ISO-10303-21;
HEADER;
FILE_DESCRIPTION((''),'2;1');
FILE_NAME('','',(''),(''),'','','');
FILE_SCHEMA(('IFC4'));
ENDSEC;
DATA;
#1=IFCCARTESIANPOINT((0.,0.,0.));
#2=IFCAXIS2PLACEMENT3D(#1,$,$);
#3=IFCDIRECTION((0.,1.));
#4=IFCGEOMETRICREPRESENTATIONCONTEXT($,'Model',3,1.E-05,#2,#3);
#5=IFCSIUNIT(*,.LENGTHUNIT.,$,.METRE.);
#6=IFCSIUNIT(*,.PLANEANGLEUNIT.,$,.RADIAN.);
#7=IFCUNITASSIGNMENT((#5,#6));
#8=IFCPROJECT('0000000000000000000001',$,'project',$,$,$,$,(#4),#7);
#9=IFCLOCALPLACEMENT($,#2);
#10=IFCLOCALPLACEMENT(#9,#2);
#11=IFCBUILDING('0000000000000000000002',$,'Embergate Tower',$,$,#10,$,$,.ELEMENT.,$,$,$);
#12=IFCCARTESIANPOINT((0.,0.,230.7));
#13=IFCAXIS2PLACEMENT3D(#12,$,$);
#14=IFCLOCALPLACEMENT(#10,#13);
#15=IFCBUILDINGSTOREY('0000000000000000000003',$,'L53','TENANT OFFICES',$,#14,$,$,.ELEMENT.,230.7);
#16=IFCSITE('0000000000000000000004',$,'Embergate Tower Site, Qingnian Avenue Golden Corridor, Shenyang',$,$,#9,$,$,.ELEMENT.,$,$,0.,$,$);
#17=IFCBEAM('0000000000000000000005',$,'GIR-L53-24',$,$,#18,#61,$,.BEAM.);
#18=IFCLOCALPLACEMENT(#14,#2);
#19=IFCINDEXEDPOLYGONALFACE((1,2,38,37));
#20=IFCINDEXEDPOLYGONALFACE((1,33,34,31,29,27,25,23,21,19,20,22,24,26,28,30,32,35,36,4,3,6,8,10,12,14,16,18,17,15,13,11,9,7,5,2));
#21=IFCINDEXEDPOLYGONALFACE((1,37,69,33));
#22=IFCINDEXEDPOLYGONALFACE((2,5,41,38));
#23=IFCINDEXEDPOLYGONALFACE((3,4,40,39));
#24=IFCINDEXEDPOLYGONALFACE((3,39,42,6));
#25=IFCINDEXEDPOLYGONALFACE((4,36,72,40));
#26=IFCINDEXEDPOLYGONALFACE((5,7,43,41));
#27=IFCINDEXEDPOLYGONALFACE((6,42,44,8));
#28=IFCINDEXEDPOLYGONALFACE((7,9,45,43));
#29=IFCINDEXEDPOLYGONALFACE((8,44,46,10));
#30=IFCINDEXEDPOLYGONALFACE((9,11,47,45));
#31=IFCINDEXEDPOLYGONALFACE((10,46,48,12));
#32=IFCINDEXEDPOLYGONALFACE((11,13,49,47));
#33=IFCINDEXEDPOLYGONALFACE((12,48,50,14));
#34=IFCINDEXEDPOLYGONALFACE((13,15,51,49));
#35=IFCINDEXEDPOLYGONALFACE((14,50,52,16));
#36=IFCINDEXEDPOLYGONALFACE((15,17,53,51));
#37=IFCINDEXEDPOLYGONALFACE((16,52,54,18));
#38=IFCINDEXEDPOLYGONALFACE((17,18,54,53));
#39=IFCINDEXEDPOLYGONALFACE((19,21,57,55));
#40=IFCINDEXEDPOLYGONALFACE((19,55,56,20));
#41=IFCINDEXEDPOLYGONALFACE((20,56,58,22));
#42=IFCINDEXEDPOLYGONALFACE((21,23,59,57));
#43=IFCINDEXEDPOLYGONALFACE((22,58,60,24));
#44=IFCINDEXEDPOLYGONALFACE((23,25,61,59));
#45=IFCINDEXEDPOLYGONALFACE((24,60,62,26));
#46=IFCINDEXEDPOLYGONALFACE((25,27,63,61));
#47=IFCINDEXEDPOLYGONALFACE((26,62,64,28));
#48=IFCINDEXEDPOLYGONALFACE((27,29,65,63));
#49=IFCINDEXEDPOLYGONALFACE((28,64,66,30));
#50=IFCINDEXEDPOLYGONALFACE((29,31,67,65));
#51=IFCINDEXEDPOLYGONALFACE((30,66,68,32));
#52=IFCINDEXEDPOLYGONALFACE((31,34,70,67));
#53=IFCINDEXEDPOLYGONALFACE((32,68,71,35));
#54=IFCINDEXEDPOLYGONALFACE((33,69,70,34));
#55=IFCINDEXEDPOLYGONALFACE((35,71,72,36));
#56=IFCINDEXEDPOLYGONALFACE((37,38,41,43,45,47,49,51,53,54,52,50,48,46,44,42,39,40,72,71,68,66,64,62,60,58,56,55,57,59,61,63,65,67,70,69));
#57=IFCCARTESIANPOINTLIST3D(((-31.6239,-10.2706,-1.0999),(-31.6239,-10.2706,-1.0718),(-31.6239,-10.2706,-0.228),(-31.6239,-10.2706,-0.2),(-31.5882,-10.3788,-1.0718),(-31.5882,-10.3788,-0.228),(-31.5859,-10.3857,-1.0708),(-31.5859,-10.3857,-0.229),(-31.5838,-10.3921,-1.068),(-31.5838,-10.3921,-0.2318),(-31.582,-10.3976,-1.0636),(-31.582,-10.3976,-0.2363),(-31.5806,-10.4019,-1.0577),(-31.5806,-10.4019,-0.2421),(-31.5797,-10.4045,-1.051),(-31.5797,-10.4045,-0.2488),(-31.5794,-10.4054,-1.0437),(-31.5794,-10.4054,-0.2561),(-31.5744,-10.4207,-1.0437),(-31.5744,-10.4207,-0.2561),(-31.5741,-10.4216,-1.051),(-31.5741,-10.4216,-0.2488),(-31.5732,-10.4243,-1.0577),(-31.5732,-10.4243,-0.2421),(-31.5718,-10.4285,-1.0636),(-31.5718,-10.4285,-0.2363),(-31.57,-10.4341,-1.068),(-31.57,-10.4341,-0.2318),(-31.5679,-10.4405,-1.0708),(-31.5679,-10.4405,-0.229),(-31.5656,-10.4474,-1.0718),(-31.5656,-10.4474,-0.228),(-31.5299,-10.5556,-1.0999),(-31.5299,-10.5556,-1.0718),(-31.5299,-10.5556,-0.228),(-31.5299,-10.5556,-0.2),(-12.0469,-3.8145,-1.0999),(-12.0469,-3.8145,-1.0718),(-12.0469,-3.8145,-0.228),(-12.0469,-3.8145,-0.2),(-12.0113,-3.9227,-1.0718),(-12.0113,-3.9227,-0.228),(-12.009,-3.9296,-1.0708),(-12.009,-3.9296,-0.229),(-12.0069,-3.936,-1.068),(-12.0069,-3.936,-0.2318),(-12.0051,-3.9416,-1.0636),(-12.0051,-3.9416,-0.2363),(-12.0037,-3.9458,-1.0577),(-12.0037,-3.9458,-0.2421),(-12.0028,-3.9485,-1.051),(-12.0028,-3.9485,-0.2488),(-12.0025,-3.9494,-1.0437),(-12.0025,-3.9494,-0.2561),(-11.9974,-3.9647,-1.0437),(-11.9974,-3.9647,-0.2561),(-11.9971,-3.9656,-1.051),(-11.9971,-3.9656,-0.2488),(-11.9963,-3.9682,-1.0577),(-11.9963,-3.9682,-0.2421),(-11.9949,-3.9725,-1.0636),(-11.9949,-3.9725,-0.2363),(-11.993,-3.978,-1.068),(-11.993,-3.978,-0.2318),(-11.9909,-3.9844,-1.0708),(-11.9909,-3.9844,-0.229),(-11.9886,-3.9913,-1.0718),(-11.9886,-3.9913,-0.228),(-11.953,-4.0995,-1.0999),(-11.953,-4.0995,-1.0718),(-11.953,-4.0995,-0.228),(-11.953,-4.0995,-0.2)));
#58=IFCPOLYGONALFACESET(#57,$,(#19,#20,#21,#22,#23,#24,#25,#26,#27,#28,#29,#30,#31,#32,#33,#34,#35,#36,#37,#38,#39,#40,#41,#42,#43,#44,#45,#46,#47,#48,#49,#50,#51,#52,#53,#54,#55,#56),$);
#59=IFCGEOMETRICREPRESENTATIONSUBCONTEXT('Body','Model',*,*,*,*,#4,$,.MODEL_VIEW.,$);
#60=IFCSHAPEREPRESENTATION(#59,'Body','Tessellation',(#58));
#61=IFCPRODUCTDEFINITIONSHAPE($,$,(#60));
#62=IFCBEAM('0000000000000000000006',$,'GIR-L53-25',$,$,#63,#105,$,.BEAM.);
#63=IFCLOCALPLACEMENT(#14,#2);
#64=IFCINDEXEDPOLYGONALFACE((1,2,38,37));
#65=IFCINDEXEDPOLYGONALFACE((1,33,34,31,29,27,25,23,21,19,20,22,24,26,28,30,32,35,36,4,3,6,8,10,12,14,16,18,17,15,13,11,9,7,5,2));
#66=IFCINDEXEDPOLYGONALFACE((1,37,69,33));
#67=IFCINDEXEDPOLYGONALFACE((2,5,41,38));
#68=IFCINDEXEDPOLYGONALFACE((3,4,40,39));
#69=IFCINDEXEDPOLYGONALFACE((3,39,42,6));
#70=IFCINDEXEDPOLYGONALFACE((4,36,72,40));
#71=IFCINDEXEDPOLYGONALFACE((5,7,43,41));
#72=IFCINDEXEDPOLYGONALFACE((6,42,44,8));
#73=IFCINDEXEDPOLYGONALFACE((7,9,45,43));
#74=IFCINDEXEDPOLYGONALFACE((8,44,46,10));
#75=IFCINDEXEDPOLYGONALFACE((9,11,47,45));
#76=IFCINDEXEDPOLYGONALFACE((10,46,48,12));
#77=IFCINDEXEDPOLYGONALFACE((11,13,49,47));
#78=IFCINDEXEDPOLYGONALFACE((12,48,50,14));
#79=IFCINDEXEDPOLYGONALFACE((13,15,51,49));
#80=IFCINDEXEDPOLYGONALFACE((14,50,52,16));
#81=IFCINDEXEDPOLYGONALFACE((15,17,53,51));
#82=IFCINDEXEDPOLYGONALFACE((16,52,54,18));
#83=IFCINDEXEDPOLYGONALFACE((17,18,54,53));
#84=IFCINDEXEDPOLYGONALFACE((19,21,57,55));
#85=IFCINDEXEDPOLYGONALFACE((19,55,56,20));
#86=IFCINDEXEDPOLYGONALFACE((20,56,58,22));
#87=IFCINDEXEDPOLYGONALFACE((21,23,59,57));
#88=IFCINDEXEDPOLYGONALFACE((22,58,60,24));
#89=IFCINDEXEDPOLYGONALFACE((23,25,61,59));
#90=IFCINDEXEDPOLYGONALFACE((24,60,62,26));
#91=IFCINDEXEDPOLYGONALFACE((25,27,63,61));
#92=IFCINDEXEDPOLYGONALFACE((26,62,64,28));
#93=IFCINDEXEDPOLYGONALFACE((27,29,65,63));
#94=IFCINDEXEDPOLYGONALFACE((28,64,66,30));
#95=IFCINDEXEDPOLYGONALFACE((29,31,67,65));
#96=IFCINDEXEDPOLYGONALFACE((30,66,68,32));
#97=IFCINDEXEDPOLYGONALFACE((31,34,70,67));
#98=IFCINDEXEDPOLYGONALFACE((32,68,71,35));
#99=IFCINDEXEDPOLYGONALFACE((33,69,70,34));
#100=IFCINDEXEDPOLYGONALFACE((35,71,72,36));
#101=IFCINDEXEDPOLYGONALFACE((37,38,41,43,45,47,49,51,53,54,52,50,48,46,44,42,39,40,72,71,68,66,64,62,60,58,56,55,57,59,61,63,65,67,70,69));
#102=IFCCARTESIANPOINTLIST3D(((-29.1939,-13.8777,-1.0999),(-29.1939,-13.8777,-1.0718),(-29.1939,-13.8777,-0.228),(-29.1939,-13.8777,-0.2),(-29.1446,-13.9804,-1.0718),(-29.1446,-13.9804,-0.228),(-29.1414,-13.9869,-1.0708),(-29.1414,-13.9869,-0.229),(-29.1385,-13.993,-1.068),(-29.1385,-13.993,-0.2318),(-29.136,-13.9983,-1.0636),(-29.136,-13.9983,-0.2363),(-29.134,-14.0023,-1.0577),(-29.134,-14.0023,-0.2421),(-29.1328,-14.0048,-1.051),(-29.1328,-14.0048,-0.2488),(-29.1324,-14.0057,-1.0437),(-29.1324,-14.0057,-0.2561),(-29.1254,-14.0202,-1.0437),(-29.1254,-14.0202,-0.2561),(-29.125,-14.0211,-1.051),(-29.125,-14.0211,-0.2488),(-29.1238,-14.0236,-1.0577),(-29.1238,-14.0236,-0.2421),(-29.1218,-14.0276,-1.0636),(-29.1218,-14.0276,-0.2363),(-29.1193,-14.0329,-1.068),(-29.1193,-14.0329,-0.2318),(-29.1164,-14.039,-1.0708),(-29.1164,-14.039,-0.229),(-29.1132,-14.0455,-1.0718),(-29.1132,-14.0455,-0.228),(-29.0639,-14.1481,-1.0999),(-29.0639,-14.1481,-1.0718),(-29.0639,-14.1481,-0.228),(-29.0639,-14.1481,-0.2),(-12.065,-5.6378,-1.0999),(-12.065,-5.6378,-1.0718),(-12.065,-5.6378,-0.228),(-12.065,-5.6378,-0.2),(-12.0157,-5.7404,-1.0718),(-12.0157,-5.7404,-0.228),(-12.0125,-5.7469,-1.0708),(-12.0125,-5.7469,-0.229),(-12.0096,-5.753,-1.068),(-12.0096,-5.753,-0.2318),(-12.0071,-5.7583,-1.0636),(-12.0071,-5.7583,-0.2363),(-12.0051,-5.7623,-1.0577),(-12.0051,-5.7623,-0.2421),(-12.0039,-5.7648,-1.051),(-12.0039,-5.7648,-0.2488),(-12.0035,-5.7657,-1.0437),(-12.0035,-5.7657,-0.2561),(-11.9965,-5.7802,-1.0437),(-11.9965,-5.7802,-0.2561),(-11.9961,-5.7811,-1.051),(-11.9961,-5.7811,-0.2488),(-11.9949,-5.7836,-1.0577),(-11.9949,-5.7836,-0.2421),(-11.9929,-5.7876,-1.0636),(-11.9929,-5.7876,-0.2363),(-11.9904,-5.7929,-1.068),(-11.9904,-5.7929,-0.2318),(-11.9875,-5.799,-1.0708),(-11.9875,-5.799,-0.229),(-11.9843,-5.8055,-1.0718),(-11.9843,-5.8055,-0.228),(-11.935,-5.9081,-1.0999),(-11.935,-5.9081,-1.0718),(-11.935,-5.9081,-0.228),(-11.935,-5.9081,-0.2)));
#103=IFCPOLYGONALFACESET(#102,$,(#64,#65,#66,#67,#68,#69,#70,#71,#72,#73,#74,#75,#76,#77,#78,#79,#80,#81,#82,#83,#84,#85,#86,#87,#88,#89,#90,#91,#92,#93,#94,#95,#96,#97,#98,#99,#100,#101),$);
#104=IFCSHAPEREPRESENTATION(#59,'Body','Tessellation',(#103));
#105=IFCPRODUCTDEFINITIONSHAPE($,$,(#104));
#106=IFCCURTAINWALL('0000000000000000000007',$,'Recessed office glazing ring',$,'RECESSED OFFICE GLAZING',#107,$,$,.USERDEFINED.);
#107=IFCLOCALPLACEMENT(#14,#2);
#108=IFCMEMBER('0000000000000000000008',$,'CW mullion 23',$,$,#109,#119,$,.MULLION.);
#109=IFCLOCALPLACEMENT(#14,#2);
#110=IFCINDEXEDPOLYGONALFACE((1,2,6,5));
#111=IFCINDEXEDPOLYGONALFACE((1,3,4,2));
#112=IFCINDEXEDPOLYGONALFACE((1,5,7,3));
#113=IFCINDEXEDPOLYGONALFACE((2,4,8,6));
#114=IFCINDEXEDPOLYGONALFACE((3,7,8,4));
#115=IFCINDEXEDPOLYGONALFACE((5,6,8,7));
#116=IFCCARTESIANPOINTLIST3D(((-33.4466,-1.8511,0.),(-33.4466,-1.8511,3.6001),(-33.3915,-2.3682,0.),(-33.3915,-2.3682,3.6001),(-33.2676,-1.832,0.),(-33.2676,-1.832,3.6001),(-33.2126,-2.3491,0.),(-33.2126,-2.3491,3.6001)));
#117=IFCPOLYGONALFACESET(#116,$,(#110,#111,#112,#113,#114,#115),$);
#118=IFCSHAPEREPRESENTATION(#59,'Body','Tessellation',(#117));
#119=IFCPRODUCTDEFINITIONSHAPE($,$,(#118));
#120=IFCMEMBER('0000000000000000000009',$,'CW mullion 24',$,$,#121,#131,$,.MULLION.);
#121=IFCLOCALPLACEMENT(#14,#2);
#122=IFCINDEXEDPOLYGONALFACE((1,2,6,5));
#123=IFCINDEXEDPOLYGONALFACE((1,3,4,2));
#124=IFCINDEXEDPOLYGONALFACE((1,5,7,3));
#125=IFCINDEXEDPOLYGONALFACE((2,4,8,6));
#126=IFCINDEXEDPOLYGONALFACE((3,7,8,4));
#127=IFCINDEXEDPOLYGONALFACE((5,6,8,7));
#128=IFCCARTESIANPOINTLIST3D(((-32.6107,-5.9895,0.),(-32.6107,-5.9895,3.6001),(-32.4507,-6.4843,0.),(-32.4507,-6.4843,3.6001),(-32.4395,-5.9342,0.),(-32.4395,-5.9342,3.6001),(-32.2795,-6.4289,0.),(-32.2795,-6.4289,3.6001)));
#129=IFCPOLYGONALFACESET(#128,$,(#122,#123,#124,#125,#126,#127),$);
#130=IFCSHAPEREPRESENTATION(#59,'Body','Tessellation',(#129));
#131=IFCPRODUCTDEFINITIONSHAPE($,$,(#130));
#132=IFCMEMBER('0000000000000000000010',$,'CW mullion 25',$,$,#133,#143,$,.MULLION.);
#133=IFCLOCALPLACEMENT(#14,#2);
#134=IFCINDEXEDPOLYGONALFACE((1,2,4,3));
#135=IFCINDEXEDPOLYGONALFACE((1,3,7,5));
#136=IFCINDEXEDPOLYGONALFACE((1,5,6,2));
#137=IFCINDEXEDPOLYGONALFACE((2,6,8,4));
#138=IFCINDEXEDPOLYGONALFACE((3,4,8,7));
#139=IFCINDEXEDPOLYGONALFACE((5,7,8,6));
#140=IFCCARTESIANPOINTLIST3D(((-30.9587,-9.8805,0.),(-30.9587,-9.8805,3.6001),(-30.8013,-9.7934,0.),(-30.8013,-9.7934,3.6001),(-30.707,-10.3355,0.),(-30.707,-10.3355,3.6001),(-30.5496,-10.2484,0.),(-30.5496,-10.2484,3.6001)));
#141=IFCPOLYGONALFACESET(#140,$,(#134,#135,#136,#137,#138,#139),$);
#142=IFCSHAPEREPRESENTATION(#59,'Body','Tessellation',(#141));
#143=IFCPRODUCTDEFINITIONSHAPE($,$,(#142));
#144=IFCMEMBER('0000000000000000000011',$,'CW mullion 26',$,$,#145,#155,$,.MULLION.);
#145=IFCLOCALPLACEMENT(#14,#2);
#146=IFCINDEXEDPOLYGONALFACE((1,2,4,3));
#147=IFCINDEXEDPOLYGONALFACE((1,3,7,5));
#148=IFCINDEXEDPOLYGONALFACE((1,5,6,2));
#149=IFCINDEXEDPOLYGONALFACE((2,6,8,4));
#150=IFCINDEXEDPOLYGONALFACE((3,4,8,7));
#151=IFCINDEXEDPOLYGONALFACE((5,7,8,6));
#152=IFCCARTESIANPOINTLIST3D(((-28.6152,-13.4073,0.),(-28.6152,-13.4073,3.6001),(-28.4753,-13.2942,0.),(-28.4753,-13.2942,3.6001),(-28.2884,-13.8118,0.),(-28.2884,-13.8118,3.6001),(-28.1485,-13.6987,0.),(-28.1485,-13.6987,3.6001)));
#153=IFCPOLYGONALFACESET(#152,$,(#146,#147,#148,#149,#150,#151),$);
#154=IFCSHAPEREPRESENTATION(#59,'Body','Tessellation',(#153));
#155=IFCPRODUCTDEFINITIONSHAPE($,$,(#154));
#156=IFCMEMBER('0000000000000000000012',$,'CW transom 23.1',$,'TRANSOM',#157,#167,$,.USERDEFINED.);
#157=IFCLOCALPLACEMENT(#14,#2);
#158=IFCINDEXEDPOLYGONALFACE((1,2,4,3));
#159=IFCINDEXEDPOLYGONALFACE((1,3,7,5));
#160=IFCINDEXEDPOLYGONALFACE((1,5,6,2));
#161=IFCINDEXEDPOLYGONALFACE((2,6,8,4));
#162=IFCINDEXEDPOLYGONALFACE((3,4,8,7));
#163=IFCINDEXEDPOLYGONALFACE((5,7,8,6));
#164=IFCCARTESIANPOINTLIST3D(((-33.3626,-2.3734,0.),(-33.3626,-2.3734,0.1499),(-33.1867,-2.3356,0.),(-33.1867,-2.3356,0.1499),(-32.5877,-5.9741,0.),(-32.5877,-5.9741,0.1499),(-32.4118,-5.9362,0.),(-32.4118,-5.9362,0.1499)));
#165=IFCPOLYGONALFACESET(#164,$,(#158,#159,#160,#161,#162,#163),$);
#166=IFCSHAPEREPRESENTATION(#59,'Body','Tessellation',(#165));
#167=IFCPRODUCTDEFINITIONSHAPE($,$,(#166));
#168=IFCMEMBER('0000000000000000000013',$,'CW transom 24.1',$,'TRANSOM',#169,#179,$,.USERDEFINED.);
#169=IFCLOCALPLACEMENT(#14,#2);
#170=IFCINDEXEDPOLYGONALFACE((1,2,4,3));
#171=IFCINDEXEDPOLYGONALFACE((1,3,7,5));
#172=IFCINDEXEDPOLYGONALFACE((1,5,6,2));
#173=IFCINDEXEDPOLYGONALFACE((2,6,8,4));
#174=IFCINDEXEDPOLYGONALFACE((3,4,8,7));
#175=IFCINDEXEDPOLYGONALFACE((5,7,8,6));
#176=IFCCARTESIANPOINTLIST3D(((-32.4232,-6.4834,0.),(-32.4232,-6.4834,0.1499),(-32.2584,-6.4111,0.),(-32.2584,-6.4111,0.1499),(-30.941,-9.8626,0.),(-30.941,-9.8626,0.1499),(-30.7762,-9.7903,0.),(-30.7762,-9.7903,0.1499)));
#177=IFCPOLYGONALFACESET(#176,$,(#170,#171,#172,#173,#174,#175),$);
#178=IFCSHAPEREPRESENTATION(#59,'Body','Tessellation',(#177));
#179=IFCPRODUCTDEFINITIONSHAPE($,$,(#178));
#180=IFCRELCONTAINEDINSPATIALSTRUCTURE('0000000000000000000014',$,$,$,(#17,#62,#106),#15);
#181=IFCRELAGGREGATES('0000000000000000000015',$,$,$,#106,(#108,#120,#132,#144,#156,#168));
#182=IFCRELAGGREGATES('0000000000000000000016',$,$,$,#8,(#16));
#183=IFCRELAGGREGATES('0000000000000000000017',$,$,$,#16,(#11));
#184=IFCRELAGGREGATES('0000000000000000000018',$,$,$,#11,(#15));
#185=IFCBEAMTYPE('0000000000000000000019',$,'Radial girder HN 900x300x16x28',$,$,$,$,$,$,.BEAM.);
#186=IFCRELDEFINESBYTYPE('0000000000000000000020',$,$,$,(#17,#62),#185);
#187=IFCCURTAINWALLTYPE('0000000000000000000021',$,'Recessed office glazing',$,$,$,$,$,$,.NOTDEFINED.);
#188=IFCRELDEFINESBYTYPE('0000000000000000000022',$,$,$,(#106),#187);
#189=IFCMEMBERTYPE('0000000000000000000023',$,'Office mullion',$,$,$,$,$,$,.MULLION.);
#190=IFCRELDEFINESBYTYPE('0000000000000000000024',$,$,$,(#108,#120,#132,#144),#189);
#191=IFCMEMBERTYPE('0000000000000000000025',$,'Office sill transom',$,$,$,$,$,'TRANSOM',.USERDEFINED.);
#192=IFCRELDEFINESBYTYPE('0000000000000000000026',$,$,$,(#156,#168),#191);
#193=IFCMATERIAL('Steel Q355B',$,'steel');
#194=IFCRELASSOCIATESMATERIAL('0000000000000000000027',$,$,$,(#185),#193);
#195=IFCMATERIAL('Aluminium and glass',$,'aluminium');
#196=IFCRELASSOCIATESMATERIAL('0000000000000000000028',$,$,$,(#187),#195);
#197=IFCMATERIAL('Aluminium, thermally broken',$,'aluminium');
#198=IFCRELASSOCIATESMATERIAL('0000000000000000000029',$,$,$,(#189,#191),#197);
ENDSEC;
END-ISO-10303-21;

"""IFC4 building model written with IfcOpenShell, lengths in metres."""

from ifc_helpers import new_model, si_unit, direction, frame, origin, origin_2d, place, context, subcontext, project, spatial, rectangle, i_section, extrude, source, transform, mapped, material, material_profile, profile_set, type_object, element, aggregate, save


model = new_model("IFC4")

# Units and contexts
model_context = context("Model", 3, precision=1e-05, world=origin(), true_north=direction((0.0, 1.0)))
body_context = subcontext(model_context, "Body", "Model", "MODEL_VIEW")
ifc_project = project(units=[si_unit("LENGTHUNIT", "METRE"), si_unit("PLANEANGLEUNIT", "RADIAN")], contexts=[model_context])

# Site, building, storey
site_placement = place(None, origin())
site = spatial("IfcSite", under=ifc_project, at=site_placement, Name="Embergate Tower Site, Qingnian Avenue Golden Corridor, Shenyang", CompositionType="ELEMENT", RefElevation=0.0)
building_placement = place(site_placement, origin())
building = spatial("IfcBuilding", under=site, at=building_placement, Name="Embergate Tower", CompositionType="ELEMENT")
storey_placement = place(building_placement, frame((0.0, 0.0, 230.7)))
storey = spatial("IfcBuildingStorey", under=building, at=storey_placement, Name="L53", Description="TENANT OFFICES", CompositionType="ELEMENT", Elevation=230.7)

# Beams
ifc_material_1 = material(Name="Steel Q355B", Category="steel")
ifc_material_profile_1 = material_profile(ifc_material_1, i_section(OverallWidth=0.3, OverallDepth=0.8999, WebThickness=0.0161, FlangeThickness=0.0281, FilletRadius=0.0281, at=origin_2d()), Name="HN 900x300x16x28")
ifc_profile_set_1 = profile_set([ifc_material_profile_1], Name="Steel Q355 grade B")
beam_type_1 = type_object("IfcBeamType", Name="Radial girder HN 900x300x16x28", PredefinedType="BEAM", material=ifc_profile_set_1)
shared_shape_1 = source(origin(), body_context, "Body", "SweptSolid", [
    extrude(i_section(OverallWidth=0.3, OverallDepth=0.8999, WebThickness=0.0161, FlangeThickness=0.0281, FilletRadius=0.0281, at=origin_2d()), origin(), (0.0, 0.0, 1.0), 20.614),
])
beam_1_placement = place(storey_placement, frame((-31.5769, -10.4131, -0.6499), z_axis=(0.949691, 0.313188, 0.0), x_axis=(-0.313188, 0.949691, 0.0)))
element("IfcBeam", 1, at=beam_1_placement, inside=storey, type_object=beam_type_1, Name="GIR-L53-24", PredefinedType="BEAM", context=body_context, shape_type="MappedRepresentation", body=[
    mapped(shared_shape_1, transform((0.0, 0.0, 0.0))),
])
shared_shape_2 = source(origin(), body_context, "Body", "SweptSolid", [
    extrude(i_section(OverallWidth=0.3, OverallDepth=0.8999, WebThickness=0.0161, FlangeThickness=0.0281, FilletRadius=0.0281, at=origin_2d()), origin(), (0.0, 0.0, 1.0), 19.0078),
])
beam_2_placement = place(storey_placement, frame((-29.1289, -14.0129, -0.6499), z_axis=(0.901151, 0.433505, 0.0), x_axis=(-0.433505, 0.901151, 0.0)))
element("IfcBeam", 2, at=beam_2_placement, inside=storey, type_object=beam_type_1, Name="GIR-L53-25", PredefinedType="BEAM", context=body_context, shape_type="MappedRepresentation", body=[
    mapped(shared_shape_2, transform((0.0, 0.0, 0.0))),
])

# Curtain wall, members
ifc_material_2 = material(Name="Aluminium and glass", Category="aluminium")
curtain_wall_type = type_object("IfcCurtainWallType", Name="Recessed office glazing", PredefinedType="NOTDEFINED", material=ifc_material_2)
curtain_wall_placement = place(storey_placement, origin())
curtain_wall = element("IfcCurtainWall", 3, at=curtain_wall_placement, inside=storey, type_object=curtain_wall_type, Name="Recessed office glazing ring", ObjectType="RECESSED OFFICE GLAZING", PredefinedType="USERDEFINED")
ifc_material_3 = material(Name="Aluminium, thermally broken", Category="aluminium")
ifc_material_profile_2 = material_profile(ifc_material_3, rectangle(XDim=0.1799, YDim=0.52, at=origin_2d()), Name="AL 520x180")
ifc_profile_set_2 = profile_set([ifc_material_profile_2], Name="Aluminium, thermally broken")
member_type_1 = type_object("IfcMemberType", Name="Office mullion", PredefinedType="MULLION", material=ifc_profile_set_2)
shared_shape_3 = source(origin(), body_context, "Body", "SweptSolid", [
    extrude(rectangle(XDim=0.1799, YDim=0.52, at=origin_2d()), origin(), (0.0, 0.0, 1.0), 3.6001),
])
member_1_placement = place(storey_placement, frame((-33.3296, -2.1001, 0.0), z_axis=(0.0, 0.0, 1.0), x_axis=(0.994384, 0.105828, 0.0)))
member_1 = element("IfcMember", 4, at=member_1_placement, type_object=member_type_1, Name="CW mullion 23", PredefinedType="MULLION", context=body_context, shape_type="MappedRepresentation", body=[
    mapped(shared_shape_3, transform((0.0, 0.0, 0.0))),
])
member_2_placement = place(storey_placement, frame((-32.4451, -6.2092, 0.0), z_axis=(0.0, 0.0, 1.0), x_axis=(0.951494, 0.307669, 0.0)))
member_2 = element("IfcMember", 5, at=member_2_placement, type_object=member_type_1, Name="CW mullion 24", PredefinedType="MULLION", context=body_context, shape_type="MappedRepresentation", body=[
    mapped(shared_shape_3, transform((0.0, 0.0, 0.0))),
])
member_3_placement = place(storey_placement, frame((-30.7542, -10.0645, 0.0), z_axis=(0.0, 0.0, 1.0), x_axis=(0.874993, 0.484135, 0.0)))
member_3 = element("IfcMember", 6, at=member_3_placement, type_object=member_type_1, Name="CW mullion 25", PredefinedType="MULLION", context=body_context, shape_type="MappedRepresentation", body=[
    mapped(shared_shape_3, transform((0.0, 0.0, 0.0))),
])
member_4_placement = place(storey_placement, frame((-28.3818, -13.553, 0.0), z_axis=(0.0, 0.0, 1.0), x_axis=(0.77786, 0.628437, 0.0)))
member_4 = element("IfcMember", 7, at=member_4_placement, type_object=member_type_1, Name="CW mullion 26", PredefinedType="MULLION", context=body_context, shape_type="MappedRepresentation", body=[
    mapped(shared_shape_3, transform((0.0, 0.0, 0.0))),
])
ifc_material_profile_3 = material_profile(ifc_material_3, rectangle(XDim=0.1799, YDim=0.1499, at=origin_2d()), Name="AL 150x180")
ifc_profile_set_3 = profile_set([ifc_material_profile_3], Name="Aluminium, thermally broken")
member_type_2 = type_object("IfcMemberType", Name="Office sill transom", ElementType="TRANSOM", PredefinedType="USERDEFINED", material=ifc_profile_set_3)
shared_shape_4 = source(origin(), body_context, "Body", "SweptSolid", [
    extrude(rectangle(XDim=0.1799, YDim=0.1499, at=origin_2d()), origin(), (0.0, 0.0, 1.0), 3.6831),
])
member_5_placement = place(storey_placement, frame((-33.2747, -2.3545, 0.075), z_axis=(0.210398, -0.977616, 0.0), x_axis=(0.977616, 0.210398, 0.0)))
member_5 = element("IfcMember", 8, at=member_5_placement, type_object=member_type_2, Name="CW transom 23.1", ObjectType="TRANSOM", PredefinedType="USERDEFINED", context=body_context, shape_type="MappedRepresentation", body=[
    mapped(shared_shape_4, transform((0.0, 0.0, 0.0))),
])
shared_shape_5 = source(origin(), body_context, "Body", "SweptSolid", [
    extrude(rectangle(XDim=0.1799, YDim=0.1499, at=origin_2d()), origin(), (0.0, 0.0, 1.0), 3.6899),
])
member_6_placement = place(storey_placement, frame((-32.3408, -6.4473, 0.075), z_axis=(0.401683, -0.915779, 0.0), x_axis=(0.915779, 0.401683, 0.0)))
member_6 = element("IfcMember", 9, at=member_6_placement, type_object=member_type_2, Name="CW transom 24.1", ObjectType="TRANSOM", PredefinedType="USERDEFINED", context=body_context, shape_type="MappedRepresentation", body=[
    mapped(shared_shape_5, transform((0.0, 0.0, 0.0))),
])
aggregate(curtain_wall, [member_1, member_2, member_3, member_4, member_5, member_6])

save(model, "model.ifc")
